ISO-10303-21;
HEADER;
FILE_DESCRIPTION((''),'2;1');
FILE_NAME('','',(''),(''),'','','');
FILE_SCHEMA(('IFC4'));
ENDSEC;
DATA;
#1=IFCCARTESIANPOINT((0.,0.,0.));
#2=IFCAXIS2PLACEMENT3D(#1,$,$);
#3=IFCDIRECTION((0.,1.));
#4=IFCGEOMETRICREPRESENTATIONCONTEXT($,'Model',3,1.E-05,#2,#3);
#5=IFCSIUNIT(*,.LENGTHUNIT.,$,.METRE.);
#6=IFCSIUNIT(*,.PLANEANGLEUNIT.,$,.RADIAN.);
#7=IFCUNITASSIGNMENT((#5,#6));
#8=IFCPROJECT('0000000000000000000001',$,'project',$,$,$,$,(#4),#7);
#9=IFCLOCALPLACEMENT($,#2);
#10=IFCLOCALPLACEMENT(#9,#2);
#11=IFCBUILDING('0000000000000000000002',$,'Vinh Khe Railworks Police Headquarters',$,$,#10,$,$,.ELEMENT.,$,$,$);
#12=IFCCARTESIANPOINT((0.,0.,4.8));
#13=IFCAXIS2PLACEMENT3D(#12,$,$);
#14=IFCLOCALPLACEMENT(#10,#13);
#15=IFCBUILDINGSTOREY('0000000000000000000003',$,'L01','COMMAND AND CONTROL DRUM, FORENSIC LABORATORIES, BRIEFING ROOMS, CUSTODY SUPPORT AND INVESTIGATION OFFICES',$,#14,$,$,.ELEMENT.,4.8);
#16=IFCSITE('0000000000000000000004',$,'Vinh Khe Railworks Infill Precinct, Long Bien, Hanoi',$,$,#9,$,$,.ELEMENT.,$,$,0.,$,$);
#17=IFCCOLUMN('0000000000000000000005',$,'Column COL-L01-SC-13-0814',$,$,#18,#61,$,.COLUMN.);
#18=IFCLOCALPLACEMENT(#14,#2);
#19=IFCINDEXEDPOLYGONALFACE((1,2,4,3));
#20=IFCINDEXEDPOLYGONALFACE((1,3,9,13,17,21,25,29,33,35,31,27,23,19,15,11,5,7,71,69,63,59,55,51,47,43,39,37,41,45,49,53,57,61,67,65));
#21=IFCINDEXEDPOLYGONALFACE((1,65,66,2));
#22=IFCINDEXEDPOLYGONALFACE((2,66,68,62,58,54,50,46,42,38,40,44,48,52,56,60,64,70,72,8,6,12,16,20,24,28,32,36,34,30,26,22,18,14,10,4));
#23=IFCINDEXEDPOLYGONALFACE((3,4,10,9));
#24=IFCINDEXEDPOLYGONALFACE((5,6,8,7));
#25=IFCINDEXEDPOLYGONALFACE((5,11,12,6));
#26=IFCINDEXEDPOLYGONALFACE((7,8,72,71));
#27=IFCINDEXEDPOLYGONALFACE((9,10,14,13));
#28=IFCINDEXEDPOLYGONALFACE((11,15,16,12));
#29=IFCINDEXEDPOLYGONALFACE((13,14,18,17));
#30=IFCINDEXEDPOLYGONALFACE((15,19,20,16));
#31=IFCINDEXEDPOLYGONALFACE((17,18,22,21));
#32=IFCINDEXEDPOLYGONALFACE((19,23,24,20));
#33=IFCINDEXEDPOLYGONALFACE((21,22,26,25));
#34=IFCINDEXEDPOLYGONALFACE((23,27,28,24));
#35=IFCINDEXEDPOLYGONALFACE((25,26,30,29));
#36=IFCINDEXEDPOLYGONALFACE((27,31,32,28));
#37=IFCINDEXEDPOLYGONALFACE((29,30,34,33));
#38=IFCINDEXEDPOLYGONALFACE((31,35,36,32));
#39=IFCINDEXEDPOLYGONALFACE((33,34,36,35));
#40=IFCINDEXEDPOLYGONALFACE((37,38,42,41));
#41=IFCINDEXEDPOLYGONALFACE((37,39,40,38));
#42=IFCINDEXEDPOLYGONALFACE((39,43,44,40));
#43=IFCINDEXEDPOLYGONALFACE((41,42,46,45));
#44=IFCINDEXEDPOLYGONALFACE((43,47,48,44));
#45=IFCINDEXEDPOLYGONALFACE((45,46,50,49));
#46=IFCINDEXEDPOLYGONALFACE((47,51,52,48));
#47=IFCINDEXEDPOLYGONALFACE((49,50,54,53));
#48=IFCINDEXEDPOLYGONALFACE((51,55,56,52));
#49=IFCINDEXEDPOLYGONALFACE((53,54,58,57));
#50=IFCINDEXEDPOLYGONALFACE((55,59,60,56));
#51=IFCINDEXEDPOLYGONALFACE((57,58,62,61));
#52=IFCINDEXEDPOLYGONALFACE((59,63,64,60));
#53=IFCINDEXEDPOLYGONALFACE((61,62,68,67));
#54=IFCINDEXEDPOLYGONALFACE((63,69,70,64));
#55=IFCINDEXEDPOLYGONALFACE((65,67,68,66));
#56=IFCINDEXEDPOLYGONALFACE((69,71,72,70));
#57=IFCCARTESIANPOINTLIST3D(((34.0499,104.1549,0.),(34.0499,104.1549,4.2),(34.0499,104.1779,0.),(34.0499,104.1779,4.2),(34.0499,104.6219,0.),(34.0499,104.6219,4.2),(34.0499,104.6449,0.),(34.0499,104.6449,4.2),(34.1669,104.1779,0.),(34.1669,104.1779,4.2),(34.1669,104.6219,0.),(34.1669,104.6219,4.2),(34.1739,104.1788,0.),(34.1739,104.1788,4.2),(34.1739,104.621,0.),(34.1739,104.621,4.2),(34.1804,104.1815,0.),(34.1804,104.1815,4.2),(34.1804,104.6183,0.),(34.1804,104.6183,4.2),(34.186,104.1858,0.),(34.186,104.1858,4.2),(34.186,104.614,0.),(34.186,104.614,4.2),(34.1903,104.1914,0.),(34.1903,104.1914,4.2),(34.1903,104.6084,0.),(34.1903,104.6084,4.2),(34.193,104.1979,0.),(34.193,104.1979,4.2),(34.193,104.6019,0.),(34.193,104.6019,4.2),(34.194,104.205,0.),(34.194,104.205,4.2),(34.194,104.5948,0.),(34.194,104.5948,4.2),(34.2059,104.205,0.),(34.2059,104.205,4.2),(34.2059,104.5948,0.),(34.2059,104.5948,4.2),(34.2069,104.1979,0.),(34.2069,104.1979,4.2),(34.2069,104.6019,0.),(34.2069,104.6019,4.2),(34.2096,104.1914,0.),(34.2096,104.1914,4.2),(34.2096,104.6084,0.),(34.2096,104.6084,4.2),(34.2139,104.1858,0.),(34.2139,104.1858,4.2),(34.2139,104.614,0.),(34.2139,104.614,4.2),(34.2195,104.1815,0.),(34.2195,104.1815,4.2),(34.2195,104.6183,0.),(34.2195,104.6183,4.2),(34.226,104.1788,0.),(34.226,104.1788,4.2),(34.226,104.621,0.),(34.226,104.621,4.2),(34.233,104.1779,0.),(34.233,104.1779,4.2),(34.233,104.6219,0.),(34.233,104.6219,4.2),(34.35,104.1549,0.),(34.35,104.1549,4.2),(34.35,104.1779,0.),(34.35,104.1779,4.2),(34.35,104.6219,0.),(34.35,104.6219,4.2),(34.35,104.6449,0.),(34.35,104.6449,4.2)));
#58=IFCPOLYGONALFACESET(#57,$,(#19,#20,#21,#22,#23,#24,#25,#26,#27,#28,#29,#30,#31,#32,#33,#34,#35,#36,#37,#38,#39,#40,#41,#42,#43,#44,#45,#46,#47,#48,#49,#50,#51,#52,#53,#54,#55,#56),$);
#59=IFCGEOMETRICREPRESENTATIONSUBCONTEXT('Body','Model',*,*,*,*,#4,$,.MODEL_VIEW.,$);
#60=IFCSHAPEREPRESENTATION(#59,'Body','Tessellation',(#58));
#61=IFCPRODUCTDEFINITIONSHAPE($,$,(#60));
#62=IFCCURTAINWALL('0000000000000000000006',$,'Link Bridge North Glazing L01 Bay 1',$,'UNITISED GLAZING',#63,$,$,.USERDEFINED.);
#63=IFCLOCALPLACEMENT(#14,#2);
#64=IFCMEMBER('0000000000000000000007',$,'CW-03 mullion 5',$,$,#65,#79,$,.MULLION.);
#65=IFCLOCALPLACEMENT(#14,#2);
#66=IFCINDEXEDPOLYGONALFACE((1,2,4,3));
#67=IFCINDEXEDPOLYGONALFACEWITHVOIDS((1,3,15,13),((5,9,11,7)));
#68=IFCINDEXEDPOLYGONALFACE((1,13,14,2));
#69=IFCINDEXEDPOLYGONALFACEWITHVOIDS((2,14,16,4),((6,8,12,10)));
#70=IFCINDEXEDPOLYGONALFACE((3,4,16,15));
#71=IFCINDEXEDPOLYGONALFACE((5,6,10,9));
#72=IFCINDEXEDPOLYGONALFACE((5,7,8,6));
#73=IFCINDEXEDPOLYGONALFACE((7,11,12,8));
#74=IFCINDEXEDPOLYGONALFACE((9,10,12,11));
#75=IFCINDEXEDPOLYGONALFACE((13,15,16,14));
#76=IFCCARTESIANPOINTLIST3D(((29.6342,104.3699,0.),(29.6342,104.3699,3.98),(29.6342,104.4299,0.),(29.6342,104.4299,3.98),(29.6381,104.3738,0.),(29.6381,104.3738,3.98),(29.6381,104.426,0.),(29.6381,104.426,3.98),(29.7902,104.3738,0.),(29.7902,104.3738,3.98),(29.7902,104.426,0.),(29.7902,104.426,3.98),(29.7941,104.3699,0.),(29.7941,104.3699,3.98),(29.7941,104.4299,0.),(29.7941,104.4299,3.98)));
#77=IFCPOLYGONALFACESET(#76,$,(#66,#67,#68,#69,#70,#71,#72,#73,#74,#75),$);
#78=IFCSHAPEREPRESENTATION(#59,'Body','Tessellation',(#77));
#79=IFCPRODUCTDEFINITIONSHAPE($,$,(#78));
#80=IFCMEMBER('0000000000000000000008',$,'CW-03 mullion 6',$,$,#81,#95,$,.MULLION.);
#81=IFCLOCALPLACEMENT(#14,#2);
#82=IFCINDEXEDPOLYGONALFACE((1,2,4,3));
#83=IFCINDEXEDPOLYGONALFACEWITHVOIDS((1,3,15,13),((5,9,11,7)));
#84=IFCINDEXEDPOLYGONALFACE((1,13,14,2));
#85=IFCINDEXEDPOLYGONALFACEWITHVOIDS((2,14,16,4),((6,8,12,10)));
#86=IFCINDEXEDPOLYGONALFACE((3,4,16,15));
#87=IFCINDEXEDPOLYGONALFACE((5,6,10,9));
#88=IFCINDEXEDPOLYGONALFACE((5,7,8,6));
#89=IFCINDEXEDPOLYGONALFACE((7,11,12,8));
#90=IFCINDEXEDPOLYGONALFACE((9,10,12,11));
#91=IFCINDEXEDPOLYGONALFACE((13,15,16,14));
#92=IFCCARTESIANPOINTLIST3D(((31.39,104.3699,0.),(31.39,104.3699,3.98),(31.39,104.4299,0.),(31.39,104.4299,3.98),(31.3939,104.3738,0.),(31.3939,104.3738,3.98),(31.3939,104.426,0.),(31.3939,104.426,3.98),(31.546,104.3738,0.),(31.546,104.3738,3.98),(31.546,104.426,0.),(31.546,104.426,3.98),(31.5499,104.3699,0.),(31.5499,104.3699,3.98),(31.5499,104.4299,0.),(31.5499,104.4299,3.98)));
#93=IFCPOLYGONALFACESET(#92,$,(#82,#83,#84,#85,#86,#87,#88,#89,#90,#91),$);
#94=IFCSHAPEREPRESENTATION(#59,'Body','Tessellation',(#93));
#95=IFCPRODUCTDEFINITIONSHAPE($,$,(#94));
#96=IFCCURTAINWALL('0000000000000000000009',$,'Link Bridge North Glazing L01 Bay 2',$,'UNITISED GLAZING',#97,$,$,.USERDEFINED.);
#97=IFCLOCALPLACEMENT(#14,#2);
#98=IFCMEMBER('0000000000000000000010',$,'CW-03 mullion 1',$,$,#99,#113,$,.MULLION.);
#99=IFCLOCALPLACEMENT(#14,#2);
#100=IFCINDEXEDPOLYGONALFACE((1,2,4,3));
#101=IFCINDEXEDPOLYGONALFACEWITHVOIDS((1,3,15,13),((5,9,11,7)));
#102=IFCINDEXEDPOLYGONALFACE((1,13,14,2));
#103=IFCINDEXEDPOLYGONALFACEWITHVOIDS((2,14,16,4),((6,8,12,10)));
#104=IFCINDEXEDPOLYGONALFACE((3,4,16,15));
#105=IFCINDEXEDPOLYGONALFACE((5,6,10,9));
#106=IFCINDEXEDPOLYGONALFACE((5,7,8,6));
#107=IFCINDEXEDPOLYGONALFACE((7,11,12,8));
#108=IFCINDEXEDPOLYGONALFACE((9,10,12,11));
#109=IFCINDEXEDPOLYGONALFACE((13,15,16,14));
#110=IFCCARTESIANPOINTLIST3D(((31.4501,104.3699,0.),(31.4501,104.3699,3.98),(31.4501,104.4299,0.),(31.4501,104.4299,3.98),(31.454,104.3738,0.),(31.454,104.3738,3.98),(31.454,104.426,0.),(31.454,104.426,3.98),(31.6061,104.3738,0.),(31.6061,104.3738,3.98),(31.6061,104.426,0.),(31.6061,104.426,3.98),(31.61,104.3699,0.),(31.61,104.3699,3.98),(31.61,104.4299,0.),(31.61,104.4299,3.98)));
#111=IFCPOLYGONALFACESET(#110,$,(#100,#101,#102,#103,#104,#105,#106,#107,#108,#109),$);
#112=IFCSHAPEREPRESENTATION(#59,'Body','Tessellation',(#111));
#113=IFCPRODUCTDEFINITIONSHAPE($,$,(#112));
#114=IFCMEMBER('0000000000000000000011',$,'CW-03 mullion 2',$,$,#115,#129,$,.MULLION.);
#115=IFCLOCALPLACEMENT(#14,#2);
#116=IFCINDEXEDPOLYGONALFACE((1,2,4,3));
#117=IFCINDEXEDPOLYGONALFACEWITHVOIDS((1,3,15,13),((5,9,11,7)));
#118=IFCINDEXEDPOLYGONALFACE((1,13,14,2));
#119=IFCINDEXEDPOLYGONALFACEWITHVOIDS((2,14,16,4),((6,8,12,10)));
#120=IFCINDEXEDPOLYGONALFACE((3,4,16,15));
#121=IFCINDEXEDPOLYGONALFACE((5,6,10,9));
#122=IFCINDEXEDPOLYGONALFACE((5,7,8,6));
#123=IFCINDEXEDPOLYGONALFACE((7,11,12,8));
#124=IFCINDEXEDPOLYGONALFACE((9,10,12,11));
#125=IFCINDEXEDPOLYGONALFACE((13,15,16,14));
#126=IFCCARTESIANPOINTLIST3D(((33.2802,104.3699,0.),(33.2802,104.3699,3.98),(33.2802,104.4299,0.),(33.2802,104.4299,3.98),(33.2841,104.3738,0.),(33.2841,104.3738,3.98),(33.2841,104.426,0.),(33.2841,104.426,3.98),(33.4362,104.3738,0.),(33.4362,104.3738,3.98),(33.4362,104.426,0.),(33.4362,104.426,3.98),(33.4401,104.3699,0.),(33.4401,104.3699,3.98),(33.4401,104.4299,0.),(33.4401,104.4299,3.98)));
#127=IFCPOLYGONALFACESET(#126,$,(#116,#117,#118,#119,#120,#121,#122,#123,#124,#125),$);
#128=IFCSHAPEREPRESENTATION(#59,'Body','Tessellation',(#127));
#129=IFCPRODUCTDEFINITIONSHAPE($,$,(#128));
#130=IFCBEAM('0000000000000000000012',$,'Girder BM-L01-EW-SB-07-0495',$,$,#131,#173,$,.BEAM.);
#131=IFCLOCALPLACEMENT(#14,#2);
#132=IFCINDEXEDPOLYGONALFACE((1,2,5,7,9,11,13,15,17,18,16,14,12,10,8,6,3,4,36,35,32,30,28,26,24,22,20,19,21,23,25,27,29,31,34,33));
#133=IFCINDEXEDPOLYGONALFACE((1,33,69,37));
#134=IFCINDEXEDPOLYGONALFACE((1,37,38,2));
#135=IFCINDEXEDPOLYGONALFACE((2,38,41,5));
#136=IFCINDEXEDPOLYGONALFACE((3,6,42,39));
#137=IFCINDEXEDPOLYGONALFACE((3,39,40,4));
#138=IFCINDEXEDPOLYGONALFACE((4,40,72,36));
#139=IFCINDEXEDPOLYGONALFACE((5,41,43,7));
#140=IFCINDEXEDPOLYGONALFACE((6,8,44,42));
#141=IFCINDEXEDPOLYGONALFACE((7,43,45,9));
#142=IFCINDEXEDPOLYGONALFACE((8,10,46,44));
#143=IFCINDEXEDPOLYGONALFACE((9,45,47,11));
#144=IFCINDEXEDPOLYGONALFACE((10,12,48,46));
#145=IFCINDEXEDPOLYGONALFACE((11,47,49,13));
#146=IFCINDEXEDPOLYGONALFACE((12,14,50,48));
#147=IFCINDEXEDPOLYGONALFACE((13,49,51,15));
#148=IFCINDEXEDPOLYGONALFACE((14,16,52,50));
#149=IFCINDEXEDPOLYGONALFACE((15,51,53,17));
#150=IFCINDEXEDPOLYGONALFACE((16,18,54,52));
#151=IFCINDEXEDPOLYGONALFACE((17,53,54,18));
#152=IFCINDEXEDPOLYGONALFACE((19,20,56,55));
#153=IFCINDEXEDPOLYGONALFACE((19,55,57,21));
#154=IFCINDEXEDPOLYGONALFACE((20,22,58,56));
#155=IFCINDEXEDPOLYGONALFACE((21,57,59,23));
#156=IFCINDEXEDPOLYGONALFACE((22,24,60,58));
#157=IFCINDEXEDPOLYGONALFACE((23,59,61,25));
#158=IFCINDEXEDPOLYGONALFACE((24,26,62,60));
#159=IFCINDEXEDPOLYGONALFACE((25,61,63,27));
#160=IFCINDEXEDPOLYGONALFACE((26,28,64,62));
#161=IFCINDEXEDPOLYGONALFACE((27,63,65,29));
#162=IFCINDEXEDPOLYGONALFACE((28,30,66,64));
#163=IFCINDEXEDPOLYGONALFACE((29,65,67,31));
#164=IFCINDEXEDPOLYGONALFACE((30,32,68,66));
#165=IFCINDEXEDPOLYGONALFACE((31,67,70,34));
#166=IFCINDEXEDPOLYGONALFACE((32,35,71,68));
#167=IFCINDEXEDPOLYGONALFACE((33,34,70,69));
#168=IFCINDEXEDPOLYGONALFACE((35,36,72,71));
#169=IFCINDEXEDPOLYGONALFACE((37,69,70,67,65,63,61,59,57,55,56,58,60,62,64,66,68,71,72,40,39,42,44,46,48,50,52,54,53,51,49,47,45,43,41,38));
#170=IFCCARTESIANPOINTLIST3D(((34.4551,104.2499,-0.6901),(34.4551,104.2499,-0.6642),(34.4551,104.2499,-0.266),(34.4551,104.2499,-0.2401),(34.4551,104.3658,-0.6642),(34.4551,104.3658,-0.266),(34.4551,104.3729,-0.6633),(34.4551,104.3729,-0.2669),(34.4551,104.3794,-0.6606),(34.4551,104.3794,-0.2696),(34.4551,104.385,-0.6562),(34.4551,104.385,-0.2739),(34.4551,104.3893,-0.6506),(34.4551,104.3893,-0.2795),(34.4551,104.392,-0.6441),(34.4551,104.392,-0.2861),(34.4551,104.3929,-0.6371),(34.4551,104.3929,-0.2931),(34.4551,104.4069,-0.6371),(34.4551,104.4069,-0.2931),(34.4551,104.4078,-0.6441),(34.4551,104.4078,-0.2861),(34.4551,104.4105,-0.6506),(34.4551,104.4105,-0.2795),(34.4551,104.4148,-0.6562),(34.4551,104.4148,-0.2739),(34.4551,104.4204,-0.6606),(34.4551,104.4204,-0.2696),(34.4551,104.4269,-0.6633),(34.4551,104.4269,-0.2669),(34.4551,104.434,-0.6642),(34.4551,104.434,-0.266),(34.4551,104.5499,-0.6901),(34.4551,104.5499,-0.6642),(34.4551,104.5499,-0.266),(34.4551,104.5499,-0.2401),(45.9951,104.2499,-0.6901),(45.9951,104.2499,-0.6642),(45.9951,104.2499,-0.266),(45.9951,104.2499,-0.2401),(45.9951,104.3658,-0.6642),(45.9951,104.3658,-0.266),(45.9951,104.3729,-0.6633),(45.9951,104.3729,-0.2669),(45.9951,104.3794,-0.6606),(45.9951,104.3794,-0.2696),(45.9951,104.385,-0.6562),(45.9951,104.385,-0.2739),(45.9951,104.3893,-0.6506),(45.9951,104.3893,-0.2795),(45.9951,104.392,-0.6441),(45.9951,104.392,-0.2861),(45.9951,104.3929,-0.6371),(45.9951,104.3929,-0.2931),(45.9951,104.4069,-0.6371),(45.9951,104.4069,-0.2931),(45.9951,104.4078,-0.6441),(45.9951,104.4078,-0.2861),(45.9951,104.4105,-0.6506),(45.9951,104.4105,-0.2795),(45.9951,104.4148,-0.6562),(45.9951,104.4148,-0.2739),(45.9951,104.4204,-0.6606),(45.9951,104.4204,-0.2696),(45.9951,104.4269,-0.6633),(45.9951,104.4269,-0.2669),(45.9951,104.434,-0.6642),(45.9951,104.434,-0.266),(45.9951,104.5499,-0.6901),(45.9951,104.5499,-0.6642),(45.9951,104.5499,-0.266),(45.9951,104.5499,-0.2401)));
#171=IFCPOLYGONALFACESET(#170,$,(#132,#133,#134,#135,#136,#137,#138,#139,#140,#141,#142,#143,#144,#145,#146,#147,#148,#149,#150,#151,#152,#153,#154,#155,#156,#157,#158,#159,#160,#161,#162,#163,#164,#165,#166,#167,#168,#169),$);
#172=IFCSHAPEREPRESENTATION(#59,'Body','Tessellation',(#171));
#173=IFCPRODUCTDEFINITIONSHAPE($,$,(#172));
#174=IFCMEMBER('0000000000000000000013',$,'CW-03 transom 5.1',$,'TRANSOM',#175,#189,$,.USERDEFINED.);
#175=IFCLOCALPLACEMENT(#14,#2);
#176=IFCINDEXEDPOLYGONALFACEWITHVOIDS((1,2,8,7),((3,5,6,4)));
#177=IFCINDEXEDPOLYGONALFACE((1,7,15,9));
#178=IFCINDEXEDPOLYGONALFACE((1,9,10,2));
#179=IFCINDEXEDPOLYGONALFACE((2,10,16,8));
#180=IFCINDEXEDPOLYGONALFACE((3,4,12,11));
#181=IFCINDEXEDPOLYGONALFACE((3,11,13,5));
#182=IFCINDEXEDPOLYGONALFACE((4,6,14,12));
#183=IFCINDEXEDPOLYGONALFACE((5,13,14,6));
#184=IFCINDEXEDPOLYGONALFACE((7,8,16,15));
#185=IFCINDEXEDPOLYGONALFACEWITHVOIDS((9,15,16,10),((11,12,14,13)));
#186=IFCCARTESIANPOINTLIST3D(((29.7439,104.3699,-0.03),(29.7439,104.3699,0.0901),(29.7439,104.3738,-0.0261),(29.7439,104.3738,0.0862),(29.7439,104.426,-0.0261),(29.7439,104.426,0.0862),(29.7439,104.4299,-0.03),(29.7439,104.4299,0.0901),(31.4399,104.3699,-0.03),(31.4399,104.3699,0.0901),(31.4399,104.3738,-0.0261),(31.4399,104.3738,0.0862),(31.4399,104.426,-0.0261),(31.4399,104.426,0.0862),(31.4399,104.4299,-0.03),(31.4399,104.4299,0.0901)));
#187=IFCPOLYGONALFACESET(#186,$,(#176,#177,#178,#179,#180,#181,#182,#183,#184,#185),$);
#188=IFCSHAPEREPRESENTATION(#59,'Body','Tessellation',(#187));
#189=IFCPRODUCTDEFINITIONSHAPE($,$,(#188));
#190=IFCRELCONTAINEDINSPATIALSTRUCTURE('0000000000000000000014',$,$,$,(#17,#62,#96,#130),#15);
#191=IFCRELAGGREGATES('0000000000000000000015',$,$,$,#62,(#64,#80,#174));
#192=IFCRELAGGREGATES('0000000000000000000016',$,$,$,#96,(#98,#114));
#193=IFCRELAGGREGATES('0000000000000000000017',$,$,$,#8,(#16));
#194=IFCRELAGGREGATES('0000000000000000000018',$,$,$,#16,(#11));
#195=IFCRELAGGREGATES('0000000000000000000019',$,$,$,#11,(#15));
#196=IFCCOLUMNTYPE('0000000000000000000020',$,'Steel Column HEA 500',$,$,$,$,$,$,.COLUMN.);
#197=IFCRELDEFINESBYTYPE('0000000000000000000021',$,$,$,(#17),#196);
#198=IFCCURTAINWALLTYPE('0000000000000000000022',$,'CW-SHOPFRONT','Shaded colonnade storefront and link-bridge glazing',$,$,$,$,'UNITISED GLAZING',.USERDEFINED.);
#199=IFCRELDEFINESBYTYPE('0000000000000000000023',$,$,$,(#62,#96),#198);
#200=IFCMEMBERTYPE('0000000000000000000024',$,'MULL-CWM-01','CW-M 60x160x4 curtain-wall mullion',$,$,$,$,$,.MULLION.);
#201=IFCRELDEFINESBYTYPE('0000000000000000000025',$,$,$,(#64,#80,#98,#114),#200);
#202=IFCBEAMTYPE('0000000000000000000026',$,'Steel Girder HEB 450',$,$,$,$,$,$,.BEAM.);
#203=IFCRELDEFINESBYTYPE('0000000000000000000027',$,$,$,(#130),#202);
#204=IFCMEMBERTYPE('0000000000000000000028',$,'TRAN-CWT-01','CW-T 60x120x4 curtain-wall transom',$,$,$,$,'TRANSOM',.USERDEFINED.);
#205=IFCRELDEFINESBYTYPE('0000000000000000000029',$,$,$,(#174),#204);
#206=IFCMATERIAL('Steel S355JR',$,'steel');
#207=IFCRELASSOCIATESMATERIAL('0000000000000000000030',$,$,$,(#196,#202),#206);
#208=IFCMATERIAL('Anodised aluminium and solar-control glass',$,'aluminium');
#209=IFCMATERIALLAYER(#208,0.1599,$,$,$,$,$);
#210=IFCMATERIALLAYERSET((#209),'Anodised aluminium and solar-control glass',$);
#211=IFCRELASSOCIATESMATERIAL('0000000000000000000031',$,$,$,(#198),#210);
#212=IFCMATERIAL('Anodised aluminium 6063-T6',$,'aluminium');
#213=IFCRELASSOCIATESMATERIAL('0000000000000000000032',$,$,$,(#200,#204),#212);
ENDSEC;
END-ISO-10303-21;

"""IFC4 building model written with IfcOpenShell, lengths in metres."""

from ifc_helpers import new_model, si_unit, direction, frame, origin, origin_2d, place, context, subcontext, project, spatial, hollow_rectangle, i_section, extrude, material, layer, layer_set, material_profile, profile_set, type_object, element, aggregate, save


model = new_model("IFC4")

# Units and contexts
model_context = context("Model", 3, precision=1e-05, world=origin(), true_north=direction((0.0, 1.0)))
body_context = subcontext(model_context, "Body", "Model", "MODEL_VIEW")
ifc_project = project(units=[si_unit("LENGTHUNIT", "METRE"), si_unit("PLANEANGLEUNIT", "RADIAN")], contexts=[model_context])

# Site, building, storey
site_placement = place(None, origin())
site = spatial("IfcSite", under=ifc_project, at=site_placement, Name="Vinh Khe Railworks Infill Precinct, Long Bien, Hanoi", CompositionType="ELEMENT", RefElevation=0.0)
building_placement = place(site_placement, origin())
building = spatial("IfcBuilding", under=site, at=building_placement, Name="Vinh Khe Railworks Police Headquarters", CompositionType="ELEMENT")
storey_placement = place(building_placement, frame((0.0, 0.0, 4.8)))
storey = spatial("IfcBuildingStorey", under=building, at=storey_placement, Name="L01", Description="COMMAND AND CONTROL DRUM, FORENSIC LABORATORIES, BRIEFING ROOMS, CUSTODY SUPPORT AND INVESTIGATION OFFICES", CompositionType="ELEMENT", Elevation=4.8)

# Column
ifc_material_1 = material(Name="Steel S355JR", Category="steel")
ifc_material_profile_1 = material_profile(ifc_material_1, i_section(OverallWidth=0.3, OverallDepth=0.49, WebThickness=0.012, FlangeThickness=0.0229, FilletRadius=0.0271, at=origin_2d()), Name="HEA 500")
ifc_profile_set_1 = profile_set([ifc_material_profile_1], Name="Steel S355JR")
column_type = type_object("IfcColumnType", Name="Steel Column HEA 500", PredefinedType="COLUMN", material=ifc_profile_set_1)
column_placement = place(storey_placement, frame((34.2, 104.3999, 0.0), z_axis=(0.0, 0.0, 1.0), x_axis=(1.0, 0.0, 0.0)))
element("IfcColumn", 1, at=column_placement, inside=storey, type_object=column_type, Name="Column COL-L01-SC-13-0814", PredefinedType="COLUMN", context=body_context, shape_type="SweptSolid", body=[
    extrude(i_section(OverallWidth=0.3, OverallDepth=0.49, WebThickness=0.012, FlangeThickness=0.0229, FilletRadius=0.0271, at=origin_2d()), origin(), (0.0, 0.0, 1.0), 4.2),
])

# Curtain walls, members
ifc_material_2 = material(Name="Anodised aluminium and solar-control glass", Category="aluminium")
ifc_layer_1 = layer(ifc_material_2, 0.1599)
ifc_layer_set_1 = layer_set([ifc_layer_1], Name="Anodised aluminium and solar-control glass")
curtain_wall_type = type_object("IfcCurtainWallType", Name="CW-SHOPFRONT", Description="Shaded colonnade storefront and link-bridge glazing", ElementType="UNITISED GLAZING", PredefinedType="USERDEFINED", material=ifc_layer_set_1)
curtain_wall_1_placement = place(storey_placement, origin())
curtain_wall_1 = element("IfcCurtainWall", 2, at=curtain_wall_1_placement, inside=storey, type_object=curtain_wall_type, Name="Link Bridge North Glazing L01 Bay 1", ObjectType="UNITISED GLAZING", PredefinedType="USERDEFINED")
ifc_material_3 = material(Name="Anodised aluminium 6063-T6", Category="aluminium")
ifc_material_profile_2 = material_profile(ifc_material_3, hollow_rectangle(XDim=0.0601, YDim=0.1599, WallThickness=0.0039, at=origin_2d()), Name="CW-M 60x160x4")
ifc_profile_set_2 = profile_set([ifc_material_profile_2], Name="Anodised aluminium 6063-T6")
member_type_1 = type_object("IfcMemberType", Name="MULL-CWM-01", Description="CW-M 60x160x4 curtain-wall mullion", PredefinedType="MULLION", material=ifc_profile_set_2)
member_1_placement = place(storey_placement, frame((29.7141, 104.3999, 0.0), z_axis=(0.0, 0.0, 1.0), x_axis=(0.0, 1.0, 0.0)))
member_1 = element("IfcMember", 3, at=member_1_placement, type_object=member_type_1, Name="CW-03 mullion 5", PredefinedType="MULLION", context=body_context, shape_type="SweptSolid", body=[
    extrude(hollow_rectangle(XDim=0.0601, YDim=0.1599, WallThickness=0.0039, at=origin_2d()), origin(), (0.0, 0.0, 1.0), 3.98),
])
member_2_placement = place(storey_placement, frame((31.47, 104.3999, 0.0), z_axis=(0.0, 0.0, 1.0), x_axis=(0.0, 1.0, 0.0)))
member_2 = element("IfcMember", 4, at=member_2_placement, type_object=member_type_1, Name="CW-03 mullion 6", PredefinedType="MULLION", context=body_context, shape_type="SweptSolid", body=[
    extrude(hollow_rectangle(XDim=0.0601, YDim=0.1599, WallThickness=0.0039, at=origin_2d()), origin(), (0.0, 0.0, 1.0), 3.98),
])
curtain_wall_2_placement = place(storey_placement, origin())
curtain_wall_2 = element("IfcCurtainWall", 5, at=curtain_wall_2_placement, inside=storey, type_object=curtain_wall_type, Name="Link Bridge North Glazing L01 Bay 2", ObjectType="UNITISED GLAZING", PredefinedType="USERDEFINED")
member_3_placement = place(storey_placement, frame((31.53, 104.3999, 0.0), z_axis=(0.0, 0.0, 1.0), x_axis=(0.0, 1.0, 0.0)))
member_3 = element("IfcMember", 6, at=member_3_placement, type_object=member_type_1, Name="CW-03 mullion 1", PredefinedType="MULLION", context=body_context, shape_type="SweptSolid", body=[
    extrude(hollow_rectangle(XDim=0.0601, YDim=0.1599, WallThickness=0.0039, at=origin_2d()), origin(), (0.0, 0.0, 1.0), 3.98),
])
member_4_placement = place(storey_placement, frame((33.3601, 104.3999, 0.0), z_axis=(0.0, 0.0, 1.0), x_axis=(0.0, 1.0, 0.0)))
member_4 = element("IfcMember", 7, at=member_4_placement, type_object=member_type_1, Name="CW-03 mullion 2", PredefinedType="MULLION", context=body_context, shape_type="SweptSolid", body=[
    extrude(hollow_rectangle(XDim=0.0601, YDim=0.1599, WallThickness=0.0039, at=origin_2d()), origin(), (0.0, 0.0, 1.0), 3.98),
])

# Beam
ifc_material_profile_3 = material_profile(ifc_material_1, i_section(OverallWidth=0.3, OverallDepth=0.45, WebThickness=0.0139, FlangeThickness=0.0259, FilletRadius=0.0271, at=origin_2d()), Name="HEB 450")
ifc_profile_set_3 = profile_set([ifc_material_profile_3], Name="Steel S355JR")
beam_type = type_object("IfcBeamType", Name="Steel Girder HEB 450", PredefinedType="BEAM", material=ifc_profile_set_3)
beam_placement = place(storey_placement, frame((34.4551, 104.3999, -0.4651), z_axis=(1.0, 0.0, 0.0), x_axis=(0.0, 1.0, 0.0)))
element("IfcBeam", 8, at=beam_placement, inside=storey, type_object=beam_type, Name="Girder BM-L01-EW-SB-07-0495", PredefinedType="BEAM", context=body_context, shape_type="SweptSolid", body=[
    extrude(i_section(OverallWidth=0.3, OverallDepth=0.45, WebThickness=0.0139, FlangeThickness=0.0259, FilletRadius=0.0271, at=origin_2d()), origin(), (0.0, 0.0, 1.0), 11.54),
])

# Member
ifc_material_profile_4 = material_profile(ifc_material_3, hollow_rectangle(XDim=0.0601, YDim=0.1201, WallThickness=0.0039, at=origin_2d()), Name="CW-T 60x120x4")
ifc_profile_set_4 = profile_set([ifc_material_profile_4], Name="Anodised aluminium 6063-T6")
member_type_2 = type_object("IfcMemberType", Name="TRAN-CWT-01", Description="CW-T 60x120x4 curtain-wall transom", ElementType="TRANSOM", PredefinedType="USERDEFINED", material=ifc_profile_set_4)
member_5_placement = place(storey_placement, frame((29.7439, 104.3999, 0.03), z_axis=(1.0, 0.0, 0.0), x_axis=(0.0, 1.0, 0.0)))
member_5 = element("IfcMember", 9, at=member_5_placement, type_object=member_type_2, Name="CW-03 transom 5.1", ObjectType="TRANSOM", PredefinedType="USERDEFINED", context=body_context, shape_type="SweptSolid", body=[
    extrude(hollow_rectangle(XDim=0.0601, YDim=0.1201, WallThickness=0.0039, at=origin_2d()), origin(), (0.0, 0.0, 1.0), 1.696),
])

aggregate(curtain_wall_1, [member_1, member_2, member_5])
aggregate(curtain_wall_2, [member_3, member_4])

save(model, "model.ifc")
